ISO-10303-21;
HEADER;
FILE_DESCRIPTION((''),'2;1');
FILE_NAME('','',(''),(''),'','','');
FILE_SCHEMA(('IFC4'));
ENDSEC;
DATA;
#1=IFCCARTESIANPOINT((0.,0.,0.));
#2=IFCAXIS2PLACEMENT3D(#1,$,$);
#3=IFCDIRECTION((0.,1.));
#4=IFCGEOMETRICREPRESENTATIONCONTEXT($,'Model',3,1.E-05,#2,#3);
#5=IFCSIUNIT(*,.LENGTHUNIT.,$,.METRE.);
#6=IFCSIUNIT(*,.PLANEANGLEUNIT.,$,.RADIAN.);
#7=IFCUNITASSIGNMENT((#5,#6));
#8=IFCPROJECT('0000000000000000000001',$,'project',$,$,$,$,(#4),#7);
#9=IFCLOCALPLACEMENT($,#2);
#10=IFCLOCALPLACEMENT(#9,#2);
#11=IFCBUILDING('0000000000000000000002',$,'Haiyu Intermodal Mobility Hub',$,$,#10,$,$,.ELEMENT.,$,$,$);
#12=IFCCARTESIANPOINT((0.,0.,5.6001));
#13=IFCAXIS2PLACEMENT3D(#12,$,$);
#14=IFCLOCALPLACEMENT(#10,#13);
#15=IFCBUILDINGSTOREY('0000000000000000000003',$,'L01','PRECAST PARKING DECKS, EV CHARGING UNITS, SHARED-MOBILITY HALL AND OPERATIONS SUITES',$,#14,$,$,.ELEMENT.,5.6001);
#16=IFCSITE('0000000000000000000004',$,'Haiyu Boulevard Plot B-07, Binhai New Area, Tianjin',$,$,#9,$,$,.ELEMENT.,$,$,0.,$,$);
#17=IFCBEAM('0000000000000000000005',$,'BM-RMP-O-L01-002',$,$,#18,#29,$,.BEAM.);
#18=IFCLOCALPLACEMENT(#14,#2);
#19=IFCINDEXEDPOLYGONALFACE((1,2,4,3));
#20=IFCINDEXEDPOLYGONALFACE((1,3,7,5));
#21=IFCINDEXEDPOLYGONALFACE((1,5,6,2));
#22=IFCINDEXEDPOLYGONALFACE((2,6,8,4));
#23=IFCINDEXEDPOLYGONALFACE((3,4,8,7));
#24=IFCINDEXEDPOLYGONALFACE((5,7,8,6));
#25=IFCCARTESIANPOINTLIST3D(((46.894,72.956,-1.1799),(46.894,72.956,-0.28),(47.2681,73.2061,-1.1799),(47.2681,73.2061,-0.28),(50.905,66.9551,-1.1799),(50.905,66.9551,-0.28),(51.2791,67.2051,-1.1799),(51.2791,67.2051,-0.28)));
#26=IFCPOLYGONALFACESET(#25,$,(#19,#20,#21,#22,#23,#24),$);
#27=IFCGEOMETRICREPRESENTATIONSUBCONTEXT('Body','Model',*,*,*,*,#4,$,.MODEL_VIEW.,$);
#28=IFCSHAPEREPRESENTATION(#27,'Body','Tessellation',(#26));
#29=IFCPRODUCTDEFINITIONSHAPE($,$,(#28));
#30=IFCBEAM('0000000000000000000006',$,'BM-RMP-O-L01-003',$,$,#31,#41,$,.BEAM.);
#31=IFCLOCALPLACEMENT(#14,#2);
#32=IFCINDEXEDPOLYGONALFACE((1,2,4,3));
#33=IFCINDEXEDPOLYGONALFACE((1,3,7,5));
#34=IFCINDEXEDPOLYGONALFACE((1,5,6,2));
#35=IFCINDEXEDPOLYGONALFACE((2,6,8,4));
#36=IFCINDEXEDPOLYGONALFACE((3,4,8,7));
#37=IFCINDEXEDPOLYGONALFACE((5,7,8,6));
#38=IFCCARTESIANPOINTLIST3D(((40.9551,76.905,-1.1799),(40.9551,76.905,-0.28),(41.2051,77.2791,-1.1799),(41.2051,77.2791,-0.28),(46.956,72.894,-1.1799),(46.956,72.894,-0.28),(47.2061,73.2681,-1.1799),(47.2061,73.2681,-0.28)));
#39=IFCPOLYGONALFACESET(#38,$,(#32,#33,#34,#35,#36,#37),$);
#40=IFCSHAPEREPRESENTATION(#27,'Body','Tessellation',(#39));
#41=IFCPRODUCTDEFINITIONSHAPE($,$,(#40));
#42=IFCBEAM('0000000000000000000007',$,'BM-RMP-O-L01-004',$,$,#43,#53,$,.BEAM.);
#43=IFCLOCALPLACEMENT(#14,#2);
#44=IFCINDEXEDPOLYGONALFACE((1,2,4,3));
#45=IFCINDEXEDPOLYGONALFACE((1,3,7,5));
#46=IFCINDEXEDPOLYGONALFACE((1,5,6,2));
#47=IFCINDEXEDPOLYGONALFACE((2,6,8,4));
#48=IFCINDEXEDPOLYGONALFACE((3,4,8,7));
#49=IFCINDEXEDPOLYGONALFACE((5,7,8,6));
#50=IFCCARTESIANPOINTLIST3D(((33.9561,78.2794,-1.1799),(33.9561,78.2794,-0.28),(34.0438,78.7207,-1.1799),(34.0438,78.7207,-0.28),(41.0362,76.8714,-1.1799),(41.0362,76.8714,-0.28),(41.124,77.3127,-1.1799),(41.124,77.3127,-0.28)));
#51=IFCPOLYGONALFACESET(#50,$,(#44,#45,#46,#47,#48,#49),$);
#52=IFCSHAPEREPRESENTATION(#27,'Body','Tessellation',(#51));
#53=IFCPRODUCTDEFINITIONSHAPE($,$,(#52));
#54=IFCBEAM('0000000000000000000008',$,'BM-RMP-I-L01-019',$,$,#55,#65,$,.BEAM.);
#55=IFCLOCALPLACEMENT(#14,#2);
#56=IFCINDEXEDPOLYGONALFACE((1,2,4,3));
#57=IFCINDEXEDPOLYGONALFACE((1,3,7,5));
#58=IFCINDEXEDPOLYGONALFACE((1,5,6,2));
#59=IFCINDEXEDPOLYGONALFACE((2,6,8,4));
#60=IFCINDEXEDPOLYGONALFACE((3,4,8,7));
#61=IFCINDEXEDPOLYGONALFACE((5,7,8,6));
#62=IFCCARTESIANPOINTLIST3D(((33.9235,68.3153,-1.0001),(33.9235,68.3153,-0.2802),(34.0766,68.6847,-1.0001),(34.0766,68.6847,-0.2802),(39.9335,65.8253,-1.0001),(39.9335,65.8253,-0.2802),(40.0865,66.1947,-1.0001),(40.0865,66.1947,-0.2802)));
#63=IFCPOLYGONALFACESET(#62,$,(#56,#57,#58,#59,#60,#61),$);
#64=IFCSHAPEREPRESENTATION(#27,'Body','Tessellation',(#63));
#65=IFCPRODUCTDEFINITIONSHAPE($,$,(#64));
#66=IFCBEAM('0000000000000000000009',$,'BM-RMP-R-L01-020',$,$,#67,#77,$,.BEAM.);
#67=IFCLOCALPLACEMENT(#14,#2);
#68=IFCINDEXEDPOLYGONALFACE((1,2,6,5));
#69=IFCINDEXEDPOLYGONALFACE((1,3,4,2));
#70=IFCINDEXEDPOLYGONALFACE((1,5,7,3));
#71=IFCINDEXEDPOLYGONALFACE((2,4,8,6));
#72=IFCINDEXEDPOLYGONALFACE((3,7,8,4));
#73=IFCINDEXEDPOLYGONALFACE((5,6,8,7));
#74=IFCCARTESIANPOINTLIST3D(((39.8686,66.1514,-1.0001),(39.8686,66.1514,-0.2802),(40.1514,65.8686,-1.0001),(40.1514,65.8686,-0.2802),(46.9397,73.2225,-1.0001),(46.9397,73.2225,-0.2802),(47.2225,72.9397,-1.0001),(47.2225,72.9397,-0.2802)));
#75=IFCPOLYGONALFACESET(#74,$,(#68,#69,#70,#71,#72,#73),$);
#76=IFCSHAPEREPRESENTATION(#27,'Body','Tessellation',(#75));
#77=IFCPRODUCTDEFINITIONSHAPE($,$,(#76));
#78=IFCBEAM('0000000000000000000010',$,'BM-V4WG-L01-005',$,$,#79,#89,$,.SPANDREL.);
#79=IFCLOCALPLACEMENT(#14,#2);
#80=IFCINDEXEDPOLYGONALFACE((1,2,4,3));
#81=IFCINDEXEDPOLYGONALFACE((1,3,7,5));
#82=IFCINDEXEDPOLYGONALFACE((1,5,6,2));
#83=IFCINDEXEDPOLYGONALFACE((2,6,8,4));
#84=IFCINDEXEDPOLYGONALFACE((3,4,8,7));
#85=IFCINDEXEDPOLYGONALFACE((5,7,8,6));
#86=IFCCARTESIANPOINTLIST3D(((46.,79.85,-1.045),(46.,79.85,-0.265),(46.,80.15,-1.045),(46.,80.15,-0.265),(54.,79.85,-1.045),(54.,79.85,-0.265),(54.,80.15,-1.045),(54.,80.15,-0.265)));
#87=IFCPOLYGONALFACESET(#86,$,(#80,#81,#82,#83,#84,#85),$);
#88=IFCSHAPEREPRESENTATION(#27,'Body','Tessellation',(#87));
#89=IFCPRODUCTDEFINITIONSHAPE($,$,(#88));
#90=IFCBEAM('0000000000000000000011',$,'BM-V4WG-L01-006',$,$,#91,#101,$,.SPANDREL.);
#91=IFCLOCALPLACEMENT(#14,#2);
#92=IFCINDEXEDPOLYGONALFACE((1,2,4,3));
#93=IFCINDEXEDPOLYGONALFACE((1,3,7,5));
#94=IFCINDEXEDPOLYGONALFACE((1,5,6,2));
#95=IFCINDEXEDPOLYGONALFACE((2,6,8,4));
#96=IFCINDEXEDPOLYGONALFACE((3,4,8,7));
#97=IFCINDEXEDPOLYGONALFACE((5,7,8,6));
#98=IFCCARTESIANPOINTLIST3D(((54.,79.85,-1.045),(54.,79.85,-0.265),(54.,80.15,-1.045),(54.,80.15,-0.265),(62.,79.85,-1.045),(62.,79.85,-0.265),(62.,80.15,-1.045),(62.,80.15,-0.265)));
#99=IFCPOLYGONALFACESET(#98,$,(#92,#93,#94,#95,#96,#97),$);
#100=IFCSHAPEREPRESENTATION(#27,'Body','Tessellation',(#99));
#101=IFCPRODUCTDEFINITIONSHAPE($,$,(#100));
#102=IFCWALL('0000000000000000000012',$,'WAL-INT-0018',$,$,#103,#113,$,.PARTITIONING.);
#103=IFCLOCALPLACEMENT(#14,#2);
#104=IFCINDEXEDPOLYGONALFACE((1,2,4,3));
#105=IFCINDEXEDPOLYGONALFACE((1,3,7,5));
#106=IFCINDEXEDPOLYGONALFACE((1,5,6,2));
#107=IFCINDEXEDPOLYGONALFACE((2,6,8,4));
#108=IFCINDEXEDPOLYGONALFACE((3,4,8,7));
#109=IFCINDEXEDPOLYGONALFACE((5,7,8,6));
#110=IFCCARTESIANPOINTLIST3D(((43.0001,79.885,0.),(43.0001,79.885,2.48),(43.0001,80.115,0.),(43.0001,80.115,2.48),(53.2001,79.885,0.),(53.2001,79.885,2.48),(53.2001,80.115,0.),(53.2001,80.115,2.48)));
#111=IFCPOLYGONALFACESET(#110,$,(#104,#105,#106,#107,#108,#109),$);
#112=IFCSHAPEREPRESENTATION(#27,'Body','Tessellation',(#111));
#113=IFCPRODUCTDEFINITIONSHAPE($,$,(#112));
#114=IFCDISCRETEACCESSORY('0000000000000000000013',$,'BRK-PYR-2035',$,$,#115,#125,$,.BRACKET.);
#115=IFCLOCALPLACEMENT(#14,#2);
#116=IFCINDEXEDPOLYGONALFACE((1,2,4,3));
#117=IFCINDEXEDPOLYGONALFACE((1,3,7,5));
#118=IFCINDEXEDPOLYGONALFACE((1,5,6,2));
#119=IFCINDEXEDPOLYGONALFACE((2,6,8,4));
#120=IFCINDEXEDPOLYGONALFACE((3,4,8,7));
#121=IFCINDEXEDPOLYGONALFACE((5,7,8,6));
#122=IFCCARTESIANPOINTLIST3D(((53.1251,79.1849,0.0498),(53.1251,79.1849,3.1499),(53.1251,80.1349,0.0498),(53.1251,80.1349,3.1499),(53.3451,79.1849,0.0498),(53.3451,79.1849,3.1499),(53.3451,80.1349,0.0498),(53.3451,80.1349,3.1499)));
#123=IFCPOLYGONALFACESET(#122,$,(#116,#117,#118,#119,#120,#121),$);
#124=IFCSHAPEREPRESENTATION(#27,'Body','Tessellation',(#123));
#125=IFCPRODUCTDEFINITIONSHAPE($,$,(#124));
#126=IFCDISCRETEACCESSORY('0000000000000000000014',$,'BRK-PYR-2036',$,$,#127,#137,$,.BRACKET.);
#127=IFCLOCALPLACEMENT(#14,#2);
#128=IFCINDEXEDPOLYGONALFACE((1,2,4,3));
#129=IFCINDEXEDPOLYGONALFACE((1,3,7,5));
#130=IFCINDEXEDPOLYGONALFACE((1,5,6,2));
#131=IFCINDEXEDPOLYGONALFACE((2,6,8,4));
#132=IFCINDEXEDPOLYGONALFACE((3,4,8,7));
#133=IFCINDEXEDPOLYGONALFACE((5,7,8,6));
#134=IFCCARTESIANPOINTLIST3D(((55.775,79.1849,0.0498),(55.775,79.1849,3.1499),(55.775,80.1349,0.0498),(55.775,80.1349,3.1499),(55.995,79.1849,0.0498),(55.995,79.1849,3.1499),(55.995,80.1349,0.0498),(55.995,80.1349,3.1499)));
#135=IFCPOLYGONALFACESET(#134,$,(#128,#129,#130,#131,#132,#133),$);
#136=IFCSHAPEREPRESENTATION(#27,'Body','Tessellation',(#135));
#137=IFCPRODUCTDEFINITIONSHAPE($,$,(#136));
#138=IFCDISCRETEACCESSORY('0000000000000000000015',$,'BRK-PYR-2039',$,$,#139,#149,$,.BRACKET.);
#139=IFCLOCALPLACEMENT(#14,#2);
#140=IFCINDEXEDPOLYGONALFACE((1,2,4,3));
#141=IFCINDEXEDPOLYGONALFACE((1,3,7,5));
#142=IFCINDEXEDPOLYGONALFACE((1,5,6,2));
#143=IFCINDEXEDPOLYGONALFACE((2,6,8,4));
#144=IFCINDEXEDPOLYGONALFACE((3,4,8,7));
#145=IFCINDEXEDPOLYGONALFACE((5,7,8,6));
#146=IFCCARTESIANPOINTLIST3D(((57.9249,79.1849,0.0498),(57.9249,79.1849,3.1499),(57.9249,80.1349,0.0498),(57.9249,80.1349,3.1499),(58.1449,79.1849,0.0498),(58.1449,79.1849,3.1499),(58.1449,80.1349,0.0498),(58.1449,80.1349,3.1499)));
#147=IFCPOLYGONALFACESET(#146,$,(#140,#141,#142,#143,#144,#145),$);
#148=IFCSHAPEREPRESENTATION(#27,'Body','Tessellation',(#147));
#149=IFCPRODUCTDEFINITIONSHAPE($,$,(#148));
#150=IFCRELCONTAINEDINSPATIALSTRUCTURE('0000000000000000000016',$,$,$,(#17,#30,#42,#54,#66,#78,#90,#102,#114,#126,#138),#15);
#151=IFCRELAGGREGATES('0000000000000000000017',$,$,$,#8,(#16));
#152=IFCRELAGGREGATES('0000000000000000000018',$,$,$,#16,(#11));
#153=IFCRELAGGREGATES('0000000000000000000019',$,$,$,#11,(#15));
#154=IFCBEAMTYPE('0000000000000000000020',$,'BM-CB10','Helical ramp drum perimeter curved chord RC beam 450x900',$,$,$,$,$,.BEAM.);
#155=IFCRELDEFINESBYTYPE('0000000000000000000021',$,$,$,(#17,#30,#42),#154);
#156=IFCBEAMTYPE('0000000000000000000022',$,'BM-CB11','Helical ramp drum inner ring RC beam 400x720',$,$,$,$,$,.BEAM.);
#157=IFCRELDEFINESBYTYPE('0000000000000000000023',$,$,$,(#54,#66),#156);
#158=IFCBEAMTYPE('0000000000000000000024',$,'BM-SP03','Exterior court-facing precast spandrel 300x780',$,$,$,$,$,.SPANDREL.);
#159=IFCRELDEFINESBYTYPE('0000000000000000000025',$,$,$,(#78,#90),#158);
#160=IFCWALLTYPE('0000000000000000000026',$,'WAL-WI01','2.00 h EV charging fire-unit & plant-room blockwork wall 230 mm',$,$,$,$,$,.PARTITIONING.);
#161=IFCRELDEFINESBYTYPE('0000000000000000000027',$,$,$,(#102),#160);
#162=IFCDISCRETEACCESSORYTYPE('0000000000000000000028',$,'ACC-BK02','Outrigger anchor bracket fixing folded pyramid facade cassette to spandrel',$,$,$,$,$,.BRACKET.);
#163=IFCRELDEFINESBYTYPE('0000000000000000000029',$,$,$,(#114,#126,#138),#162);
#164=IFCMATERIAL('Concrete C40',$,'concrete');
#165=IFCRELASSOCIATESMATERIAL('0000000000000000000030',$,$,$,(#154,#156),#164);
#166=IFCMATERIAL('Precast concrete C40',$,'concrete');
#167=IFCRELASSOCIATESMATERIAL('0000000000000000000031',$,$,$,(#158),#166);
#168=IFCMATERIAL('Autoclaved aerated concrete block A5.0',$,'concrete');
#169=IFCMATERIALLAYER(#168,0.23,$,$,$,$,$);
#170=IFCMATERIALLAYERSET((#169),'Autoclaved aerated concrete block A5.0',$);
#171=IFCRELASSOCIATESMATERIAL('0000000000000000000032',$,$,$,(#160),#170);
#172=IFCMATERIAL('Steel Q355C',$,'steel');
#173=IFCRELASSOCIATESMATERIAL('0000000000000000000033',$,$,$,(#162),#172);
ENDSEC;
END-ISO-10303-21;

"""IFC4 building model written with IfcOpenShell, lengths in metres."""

from ifc_helpers import new_model, si_unit, direction, frame, frame_2d, origin, origin_2d, place, context, subcontext, project, spatial, rectangle, extrude, material, layer, layer_set, material_profile, profile_set, type_object, element, save


model = new_model("IFC4")

# Units and contexts
model_context = context("Model", 3, precision=1e-05, world=origin(), true_north=direction((0.0, 1.0)))
body_context = subcontext(model_context, "Body", "Model", "MODEL_VIEW")
ifc_project = project(units=[si_unit("LENGTHUNIT", "METRE"), si_unit("PLANEANGLEUNIT", "RADIAN")], contexts=[model_context])

# Site, building, storey
site_placement = place(None, origin())
site = spatial("IfcSite", under=ifc_project, at=site_placement, Name="Haiyu Boulevard Plot B-07, Binhai New Area, Tianjin", CompositionType="ELEMENT", RefElevation=0.0)
building_placement = place(site_placement, origin())
building = spatial("IfcBuilding", under=site, at=building_placement, Name="Haiyu Intermodal Mobility Hub", CompositionType="ELEMENT")
storey_placement = place(building_placement, frame((0.0, 0.0, 5.6001)))
storey = spatial("IfcBuildingStorey", under=building, at=storey_placement, Name="L01", Description="PRECAST PARKING DECKS, EV CHARGING UNITS, SHARED-MOBILITY HALL AND OPERATIONS SUITES", CompositionType="ELEMENT", Elevation=5.6001)

# Shared definitions
ifc_material_1 = material(Name="Precast concrete C40", Category="concrete")
ifc_material_2 = material(Name="Concrete C40", Category="concrete")

# Beams
ifc_material_profile_1 = material_profile(ifc_material_2, rectangle(XDim=0.45, YDim=0.8999, at=origin_2d()), Name="RCB450x900")
ifc_profile_set_1 = profile_set([ifc_material_profile_1], Name="Concrete C40")
beam_type_1 = type_object("IfcBeamType", Name="BM-CB10", Description="Helical ramp drum perimeter curved chord RC beam 450x900", PredefinedType="BEAM", material=ifc_profile_set_1)
for number, where, z_axis, x_axis, name in (
    (1, (51.092, 67.0801, -0.73), (-0.555691, 0.831389, 0.0), (-0.831389, -0.555691, 0.0), "BM-RMP-O-L01-002"),
    (2, (47.0811, 73.0811, -0.73), (-0.831389, 0.555691, 0.0), (-0.555691, -0.831389, 0.0), "BM-RMP-O-L01-003"),
):
    element("IfcBeam", number, at=place(storey_placement, frame(where, z_axis=z_axis, x_axis=x_axis)), inside=storey, type_object=beam_type_1, Name=name, PredefinedType="BEAM", context=body_context, shape_type="SweptSolid", body=[
        extrude(rectangle(XDim=0.45, YDim=0.8999, at=origin_2d()), origin(), (0.0, 0.0, 1.0), 7.218),
    ])
beam_1_placement = place(storey_placement, frame((41.0801, 77.092, -0.73), z_axis=(-0.980795, 0.195043, 0.0), x_axis=(-0.195043, -0.980795, 0.0)))
element("IfcBeam", 3, at=beam_1_placement, inside=storey, type_object=beam_type_1, Name="BM-RMP-O-L01-004", PredefinedType="BEAM", context=body_context, shape_type="SweptSolid", body=[
    extrude(rectangle(XDim=0.45, YDim=0.8999, at=origin_2d()), origin(), (0.0, 0.0, 1.0), 7.2188),
])
ifc_material_profile_2 = material_profile(ifc_material_2, rectangle(XDim=0.3999, YDim=0.72, at=origin_2d()), Name="RCB400x720")
ifc_profile_set_2 = profile_set([ifc_material_profile_2], Name="Concrete C40")
beam_type_2 = type_object("IfcBeamType", Name="BM-CB11", Description="Helical ramp drum inner ring RC beam 400x720", PredefinedType="BEAM", material=ifc_profile_set_2)
beam_2_placement = place(storey_placement, frame((40.01, 66.01, -0.6401), z_axis=(-0.923849, 0.382757, 0.0), x_axis=(-0.382757, -0.923849, 0.0)))
element("IfcBeam", 4, at=beam_2_placement, inside=storey, type_object=beam_type_2, Name="BM-RMP-I-L01-019", PredefinedType="BEAM", context=body_context, shape_type="SweptSolid", body=[
    extrude(rectangle(XDim=0.3999, YDim=0.72, at=origin_2d()), origin(), (0.0, 0.0, 1.0), 6.5054),
])
beam_3_placement = place(storey_placement, frame((40.01, 66.01, -0.6401), z_axis=(0.707107, 0.707107, 0.0), x_axis=(-0.707107, 0.707107, 0.0)))
element("IfcBeam", 5, at=beam_3_placement, inside=storey, type_object=beam_type_2, Name="BM-RMP-R-L01-020", PredefinedType="BEAM", context=body_context, shape_type="SweptSolid", body=[
    extrude(rectangle(XDim=0.3999, YDim=0.72, at=origin_2d()), origin(), (0.0, 0.0, 1.0), 10.0),
])
ifc_material_profile_3 = material_profile(ifc_material_1, rectangle(XDim=0.3, YDim=0.78, at=origin_2d()), Name="PC300x780")
ifc_profile_set_3 = profile_set([ifc_material_profile_3], Name="Precast concrete C40")
beam_type_3 = type_object("IfcBeamType", Name="BM-SP03", Description="Exterior court-facing precast spandrel 300x780", PredefinedType="SPANDREL", material=ifc_profile_set_3)
for number, where, z_axis, x_axis, name in (
    (6, (46.0, 80.0, -0.655), (1.0, 0.0, 0.0), (0.0, 1.0, 0.0), "BM-V4WG-L01-005"),
    (7, (54.0, 80.0, -0.655), (1.0, 0.0, 0.0), (0.0, 1.0, 0.0), "BM-V4WG-L01-006"),
):
    element("IfcBeam", number, at=place(storey_placement, frame(where, z_axis=z_axis, x_axis=x_axis)), inside=storey, type_object=beam_type_3, Name=name, PredefinedType="SPANDREL", context=body_context, shape_type="SweptSolid", body=[
        extrude(rectangle(XDim=0.3, YDim=0.78, at=origin_2d()), origin(), (0.0, 0.0, 1.0), 8.0),
    ])

# Wall
ifc_material_3 = material(Name="Autoclaved aerated concrete block A5.0", Category="concrete")
ifc_layer = layer(ifc_material_3, 0.23)
ifc_layer_set = layer_set([ifc_layer], Name="Autoclaved aerated concrete block A5.0")
wall_type = type_object("IfcWallType", Name="WAL-WI01", Description="2.00 h EV charging fire-unit & plant-room blockwork wall 230 mm", PredefinedType="PARTITIONING", material=ifc_layer_set)
wall_placement = place(storey_placement, frame((43.0, 80.0, 0.0), z_axis=(0.0, 0.0, 1.0), x_axis=(1.0, 0.0, 0.0)))
element("IfcWall", 8, at=wall_placement, inside=storey, type_object=wall_type, Name="WAL-INT-0018", PredefinedType="PARTITIONING", context=body_context, shape_type="SweptSolid", body=[
    extrude(rectangle(XDim=10.2, YDim=0.23, at=frame_2d((5.1001, 0.0))), origin(), (0.0, 0.0, 1.0), 2.48),
])

# Shared definitions
ifc_material_4 = material(Name="Steel Q355C", Category="steel")

# Discrete accessories
discrete_accessory_type = type_object("IfcDiscreteAccessoryType", Name="ACC-BK02", Description="Outrigger anchor bracket fixing folded pyramid facade cassette to spandrel", PredefinedType="BRACKET", material=ifc_material_4)
for number, where, z_axis, x_axis, name in (
    (9, (53.2351, 79.6599, 0.0498), (0.0, 0.0, 1.0), (1.0, 0.0, 0.0), "BRK-PYR-2035"),
    (10, (55.885, 79.6599, 0.0498), (0.0, 0.0, 1.0), (1.0, 0.0, 0.0), "BRK-PYR-2036"),
    (11, (58.0349, 79.6599, 0.0498), (0.0, 0.0, 1.0), (1.0, 0.0, 0.0), "BRK-PYR-2039"),
):
    element("IfcDiscreteAccessory", number, at=place(storey_placement, frame(where, z_axis=z_axis, x_axis=x_axis)), inside=storey, type_object=discrete_accessory_type, Name=name, PredefinedType="BRACKET", context=body_context, shape_type="SweptSolid", body=[
        extrude(rectangle(XDim=0.22, YDim=0.95, at=origin_2d()), origin(), (0.0, 0.0, 1.0), 3.1001),
    ])

save(model, "model.ifc")
